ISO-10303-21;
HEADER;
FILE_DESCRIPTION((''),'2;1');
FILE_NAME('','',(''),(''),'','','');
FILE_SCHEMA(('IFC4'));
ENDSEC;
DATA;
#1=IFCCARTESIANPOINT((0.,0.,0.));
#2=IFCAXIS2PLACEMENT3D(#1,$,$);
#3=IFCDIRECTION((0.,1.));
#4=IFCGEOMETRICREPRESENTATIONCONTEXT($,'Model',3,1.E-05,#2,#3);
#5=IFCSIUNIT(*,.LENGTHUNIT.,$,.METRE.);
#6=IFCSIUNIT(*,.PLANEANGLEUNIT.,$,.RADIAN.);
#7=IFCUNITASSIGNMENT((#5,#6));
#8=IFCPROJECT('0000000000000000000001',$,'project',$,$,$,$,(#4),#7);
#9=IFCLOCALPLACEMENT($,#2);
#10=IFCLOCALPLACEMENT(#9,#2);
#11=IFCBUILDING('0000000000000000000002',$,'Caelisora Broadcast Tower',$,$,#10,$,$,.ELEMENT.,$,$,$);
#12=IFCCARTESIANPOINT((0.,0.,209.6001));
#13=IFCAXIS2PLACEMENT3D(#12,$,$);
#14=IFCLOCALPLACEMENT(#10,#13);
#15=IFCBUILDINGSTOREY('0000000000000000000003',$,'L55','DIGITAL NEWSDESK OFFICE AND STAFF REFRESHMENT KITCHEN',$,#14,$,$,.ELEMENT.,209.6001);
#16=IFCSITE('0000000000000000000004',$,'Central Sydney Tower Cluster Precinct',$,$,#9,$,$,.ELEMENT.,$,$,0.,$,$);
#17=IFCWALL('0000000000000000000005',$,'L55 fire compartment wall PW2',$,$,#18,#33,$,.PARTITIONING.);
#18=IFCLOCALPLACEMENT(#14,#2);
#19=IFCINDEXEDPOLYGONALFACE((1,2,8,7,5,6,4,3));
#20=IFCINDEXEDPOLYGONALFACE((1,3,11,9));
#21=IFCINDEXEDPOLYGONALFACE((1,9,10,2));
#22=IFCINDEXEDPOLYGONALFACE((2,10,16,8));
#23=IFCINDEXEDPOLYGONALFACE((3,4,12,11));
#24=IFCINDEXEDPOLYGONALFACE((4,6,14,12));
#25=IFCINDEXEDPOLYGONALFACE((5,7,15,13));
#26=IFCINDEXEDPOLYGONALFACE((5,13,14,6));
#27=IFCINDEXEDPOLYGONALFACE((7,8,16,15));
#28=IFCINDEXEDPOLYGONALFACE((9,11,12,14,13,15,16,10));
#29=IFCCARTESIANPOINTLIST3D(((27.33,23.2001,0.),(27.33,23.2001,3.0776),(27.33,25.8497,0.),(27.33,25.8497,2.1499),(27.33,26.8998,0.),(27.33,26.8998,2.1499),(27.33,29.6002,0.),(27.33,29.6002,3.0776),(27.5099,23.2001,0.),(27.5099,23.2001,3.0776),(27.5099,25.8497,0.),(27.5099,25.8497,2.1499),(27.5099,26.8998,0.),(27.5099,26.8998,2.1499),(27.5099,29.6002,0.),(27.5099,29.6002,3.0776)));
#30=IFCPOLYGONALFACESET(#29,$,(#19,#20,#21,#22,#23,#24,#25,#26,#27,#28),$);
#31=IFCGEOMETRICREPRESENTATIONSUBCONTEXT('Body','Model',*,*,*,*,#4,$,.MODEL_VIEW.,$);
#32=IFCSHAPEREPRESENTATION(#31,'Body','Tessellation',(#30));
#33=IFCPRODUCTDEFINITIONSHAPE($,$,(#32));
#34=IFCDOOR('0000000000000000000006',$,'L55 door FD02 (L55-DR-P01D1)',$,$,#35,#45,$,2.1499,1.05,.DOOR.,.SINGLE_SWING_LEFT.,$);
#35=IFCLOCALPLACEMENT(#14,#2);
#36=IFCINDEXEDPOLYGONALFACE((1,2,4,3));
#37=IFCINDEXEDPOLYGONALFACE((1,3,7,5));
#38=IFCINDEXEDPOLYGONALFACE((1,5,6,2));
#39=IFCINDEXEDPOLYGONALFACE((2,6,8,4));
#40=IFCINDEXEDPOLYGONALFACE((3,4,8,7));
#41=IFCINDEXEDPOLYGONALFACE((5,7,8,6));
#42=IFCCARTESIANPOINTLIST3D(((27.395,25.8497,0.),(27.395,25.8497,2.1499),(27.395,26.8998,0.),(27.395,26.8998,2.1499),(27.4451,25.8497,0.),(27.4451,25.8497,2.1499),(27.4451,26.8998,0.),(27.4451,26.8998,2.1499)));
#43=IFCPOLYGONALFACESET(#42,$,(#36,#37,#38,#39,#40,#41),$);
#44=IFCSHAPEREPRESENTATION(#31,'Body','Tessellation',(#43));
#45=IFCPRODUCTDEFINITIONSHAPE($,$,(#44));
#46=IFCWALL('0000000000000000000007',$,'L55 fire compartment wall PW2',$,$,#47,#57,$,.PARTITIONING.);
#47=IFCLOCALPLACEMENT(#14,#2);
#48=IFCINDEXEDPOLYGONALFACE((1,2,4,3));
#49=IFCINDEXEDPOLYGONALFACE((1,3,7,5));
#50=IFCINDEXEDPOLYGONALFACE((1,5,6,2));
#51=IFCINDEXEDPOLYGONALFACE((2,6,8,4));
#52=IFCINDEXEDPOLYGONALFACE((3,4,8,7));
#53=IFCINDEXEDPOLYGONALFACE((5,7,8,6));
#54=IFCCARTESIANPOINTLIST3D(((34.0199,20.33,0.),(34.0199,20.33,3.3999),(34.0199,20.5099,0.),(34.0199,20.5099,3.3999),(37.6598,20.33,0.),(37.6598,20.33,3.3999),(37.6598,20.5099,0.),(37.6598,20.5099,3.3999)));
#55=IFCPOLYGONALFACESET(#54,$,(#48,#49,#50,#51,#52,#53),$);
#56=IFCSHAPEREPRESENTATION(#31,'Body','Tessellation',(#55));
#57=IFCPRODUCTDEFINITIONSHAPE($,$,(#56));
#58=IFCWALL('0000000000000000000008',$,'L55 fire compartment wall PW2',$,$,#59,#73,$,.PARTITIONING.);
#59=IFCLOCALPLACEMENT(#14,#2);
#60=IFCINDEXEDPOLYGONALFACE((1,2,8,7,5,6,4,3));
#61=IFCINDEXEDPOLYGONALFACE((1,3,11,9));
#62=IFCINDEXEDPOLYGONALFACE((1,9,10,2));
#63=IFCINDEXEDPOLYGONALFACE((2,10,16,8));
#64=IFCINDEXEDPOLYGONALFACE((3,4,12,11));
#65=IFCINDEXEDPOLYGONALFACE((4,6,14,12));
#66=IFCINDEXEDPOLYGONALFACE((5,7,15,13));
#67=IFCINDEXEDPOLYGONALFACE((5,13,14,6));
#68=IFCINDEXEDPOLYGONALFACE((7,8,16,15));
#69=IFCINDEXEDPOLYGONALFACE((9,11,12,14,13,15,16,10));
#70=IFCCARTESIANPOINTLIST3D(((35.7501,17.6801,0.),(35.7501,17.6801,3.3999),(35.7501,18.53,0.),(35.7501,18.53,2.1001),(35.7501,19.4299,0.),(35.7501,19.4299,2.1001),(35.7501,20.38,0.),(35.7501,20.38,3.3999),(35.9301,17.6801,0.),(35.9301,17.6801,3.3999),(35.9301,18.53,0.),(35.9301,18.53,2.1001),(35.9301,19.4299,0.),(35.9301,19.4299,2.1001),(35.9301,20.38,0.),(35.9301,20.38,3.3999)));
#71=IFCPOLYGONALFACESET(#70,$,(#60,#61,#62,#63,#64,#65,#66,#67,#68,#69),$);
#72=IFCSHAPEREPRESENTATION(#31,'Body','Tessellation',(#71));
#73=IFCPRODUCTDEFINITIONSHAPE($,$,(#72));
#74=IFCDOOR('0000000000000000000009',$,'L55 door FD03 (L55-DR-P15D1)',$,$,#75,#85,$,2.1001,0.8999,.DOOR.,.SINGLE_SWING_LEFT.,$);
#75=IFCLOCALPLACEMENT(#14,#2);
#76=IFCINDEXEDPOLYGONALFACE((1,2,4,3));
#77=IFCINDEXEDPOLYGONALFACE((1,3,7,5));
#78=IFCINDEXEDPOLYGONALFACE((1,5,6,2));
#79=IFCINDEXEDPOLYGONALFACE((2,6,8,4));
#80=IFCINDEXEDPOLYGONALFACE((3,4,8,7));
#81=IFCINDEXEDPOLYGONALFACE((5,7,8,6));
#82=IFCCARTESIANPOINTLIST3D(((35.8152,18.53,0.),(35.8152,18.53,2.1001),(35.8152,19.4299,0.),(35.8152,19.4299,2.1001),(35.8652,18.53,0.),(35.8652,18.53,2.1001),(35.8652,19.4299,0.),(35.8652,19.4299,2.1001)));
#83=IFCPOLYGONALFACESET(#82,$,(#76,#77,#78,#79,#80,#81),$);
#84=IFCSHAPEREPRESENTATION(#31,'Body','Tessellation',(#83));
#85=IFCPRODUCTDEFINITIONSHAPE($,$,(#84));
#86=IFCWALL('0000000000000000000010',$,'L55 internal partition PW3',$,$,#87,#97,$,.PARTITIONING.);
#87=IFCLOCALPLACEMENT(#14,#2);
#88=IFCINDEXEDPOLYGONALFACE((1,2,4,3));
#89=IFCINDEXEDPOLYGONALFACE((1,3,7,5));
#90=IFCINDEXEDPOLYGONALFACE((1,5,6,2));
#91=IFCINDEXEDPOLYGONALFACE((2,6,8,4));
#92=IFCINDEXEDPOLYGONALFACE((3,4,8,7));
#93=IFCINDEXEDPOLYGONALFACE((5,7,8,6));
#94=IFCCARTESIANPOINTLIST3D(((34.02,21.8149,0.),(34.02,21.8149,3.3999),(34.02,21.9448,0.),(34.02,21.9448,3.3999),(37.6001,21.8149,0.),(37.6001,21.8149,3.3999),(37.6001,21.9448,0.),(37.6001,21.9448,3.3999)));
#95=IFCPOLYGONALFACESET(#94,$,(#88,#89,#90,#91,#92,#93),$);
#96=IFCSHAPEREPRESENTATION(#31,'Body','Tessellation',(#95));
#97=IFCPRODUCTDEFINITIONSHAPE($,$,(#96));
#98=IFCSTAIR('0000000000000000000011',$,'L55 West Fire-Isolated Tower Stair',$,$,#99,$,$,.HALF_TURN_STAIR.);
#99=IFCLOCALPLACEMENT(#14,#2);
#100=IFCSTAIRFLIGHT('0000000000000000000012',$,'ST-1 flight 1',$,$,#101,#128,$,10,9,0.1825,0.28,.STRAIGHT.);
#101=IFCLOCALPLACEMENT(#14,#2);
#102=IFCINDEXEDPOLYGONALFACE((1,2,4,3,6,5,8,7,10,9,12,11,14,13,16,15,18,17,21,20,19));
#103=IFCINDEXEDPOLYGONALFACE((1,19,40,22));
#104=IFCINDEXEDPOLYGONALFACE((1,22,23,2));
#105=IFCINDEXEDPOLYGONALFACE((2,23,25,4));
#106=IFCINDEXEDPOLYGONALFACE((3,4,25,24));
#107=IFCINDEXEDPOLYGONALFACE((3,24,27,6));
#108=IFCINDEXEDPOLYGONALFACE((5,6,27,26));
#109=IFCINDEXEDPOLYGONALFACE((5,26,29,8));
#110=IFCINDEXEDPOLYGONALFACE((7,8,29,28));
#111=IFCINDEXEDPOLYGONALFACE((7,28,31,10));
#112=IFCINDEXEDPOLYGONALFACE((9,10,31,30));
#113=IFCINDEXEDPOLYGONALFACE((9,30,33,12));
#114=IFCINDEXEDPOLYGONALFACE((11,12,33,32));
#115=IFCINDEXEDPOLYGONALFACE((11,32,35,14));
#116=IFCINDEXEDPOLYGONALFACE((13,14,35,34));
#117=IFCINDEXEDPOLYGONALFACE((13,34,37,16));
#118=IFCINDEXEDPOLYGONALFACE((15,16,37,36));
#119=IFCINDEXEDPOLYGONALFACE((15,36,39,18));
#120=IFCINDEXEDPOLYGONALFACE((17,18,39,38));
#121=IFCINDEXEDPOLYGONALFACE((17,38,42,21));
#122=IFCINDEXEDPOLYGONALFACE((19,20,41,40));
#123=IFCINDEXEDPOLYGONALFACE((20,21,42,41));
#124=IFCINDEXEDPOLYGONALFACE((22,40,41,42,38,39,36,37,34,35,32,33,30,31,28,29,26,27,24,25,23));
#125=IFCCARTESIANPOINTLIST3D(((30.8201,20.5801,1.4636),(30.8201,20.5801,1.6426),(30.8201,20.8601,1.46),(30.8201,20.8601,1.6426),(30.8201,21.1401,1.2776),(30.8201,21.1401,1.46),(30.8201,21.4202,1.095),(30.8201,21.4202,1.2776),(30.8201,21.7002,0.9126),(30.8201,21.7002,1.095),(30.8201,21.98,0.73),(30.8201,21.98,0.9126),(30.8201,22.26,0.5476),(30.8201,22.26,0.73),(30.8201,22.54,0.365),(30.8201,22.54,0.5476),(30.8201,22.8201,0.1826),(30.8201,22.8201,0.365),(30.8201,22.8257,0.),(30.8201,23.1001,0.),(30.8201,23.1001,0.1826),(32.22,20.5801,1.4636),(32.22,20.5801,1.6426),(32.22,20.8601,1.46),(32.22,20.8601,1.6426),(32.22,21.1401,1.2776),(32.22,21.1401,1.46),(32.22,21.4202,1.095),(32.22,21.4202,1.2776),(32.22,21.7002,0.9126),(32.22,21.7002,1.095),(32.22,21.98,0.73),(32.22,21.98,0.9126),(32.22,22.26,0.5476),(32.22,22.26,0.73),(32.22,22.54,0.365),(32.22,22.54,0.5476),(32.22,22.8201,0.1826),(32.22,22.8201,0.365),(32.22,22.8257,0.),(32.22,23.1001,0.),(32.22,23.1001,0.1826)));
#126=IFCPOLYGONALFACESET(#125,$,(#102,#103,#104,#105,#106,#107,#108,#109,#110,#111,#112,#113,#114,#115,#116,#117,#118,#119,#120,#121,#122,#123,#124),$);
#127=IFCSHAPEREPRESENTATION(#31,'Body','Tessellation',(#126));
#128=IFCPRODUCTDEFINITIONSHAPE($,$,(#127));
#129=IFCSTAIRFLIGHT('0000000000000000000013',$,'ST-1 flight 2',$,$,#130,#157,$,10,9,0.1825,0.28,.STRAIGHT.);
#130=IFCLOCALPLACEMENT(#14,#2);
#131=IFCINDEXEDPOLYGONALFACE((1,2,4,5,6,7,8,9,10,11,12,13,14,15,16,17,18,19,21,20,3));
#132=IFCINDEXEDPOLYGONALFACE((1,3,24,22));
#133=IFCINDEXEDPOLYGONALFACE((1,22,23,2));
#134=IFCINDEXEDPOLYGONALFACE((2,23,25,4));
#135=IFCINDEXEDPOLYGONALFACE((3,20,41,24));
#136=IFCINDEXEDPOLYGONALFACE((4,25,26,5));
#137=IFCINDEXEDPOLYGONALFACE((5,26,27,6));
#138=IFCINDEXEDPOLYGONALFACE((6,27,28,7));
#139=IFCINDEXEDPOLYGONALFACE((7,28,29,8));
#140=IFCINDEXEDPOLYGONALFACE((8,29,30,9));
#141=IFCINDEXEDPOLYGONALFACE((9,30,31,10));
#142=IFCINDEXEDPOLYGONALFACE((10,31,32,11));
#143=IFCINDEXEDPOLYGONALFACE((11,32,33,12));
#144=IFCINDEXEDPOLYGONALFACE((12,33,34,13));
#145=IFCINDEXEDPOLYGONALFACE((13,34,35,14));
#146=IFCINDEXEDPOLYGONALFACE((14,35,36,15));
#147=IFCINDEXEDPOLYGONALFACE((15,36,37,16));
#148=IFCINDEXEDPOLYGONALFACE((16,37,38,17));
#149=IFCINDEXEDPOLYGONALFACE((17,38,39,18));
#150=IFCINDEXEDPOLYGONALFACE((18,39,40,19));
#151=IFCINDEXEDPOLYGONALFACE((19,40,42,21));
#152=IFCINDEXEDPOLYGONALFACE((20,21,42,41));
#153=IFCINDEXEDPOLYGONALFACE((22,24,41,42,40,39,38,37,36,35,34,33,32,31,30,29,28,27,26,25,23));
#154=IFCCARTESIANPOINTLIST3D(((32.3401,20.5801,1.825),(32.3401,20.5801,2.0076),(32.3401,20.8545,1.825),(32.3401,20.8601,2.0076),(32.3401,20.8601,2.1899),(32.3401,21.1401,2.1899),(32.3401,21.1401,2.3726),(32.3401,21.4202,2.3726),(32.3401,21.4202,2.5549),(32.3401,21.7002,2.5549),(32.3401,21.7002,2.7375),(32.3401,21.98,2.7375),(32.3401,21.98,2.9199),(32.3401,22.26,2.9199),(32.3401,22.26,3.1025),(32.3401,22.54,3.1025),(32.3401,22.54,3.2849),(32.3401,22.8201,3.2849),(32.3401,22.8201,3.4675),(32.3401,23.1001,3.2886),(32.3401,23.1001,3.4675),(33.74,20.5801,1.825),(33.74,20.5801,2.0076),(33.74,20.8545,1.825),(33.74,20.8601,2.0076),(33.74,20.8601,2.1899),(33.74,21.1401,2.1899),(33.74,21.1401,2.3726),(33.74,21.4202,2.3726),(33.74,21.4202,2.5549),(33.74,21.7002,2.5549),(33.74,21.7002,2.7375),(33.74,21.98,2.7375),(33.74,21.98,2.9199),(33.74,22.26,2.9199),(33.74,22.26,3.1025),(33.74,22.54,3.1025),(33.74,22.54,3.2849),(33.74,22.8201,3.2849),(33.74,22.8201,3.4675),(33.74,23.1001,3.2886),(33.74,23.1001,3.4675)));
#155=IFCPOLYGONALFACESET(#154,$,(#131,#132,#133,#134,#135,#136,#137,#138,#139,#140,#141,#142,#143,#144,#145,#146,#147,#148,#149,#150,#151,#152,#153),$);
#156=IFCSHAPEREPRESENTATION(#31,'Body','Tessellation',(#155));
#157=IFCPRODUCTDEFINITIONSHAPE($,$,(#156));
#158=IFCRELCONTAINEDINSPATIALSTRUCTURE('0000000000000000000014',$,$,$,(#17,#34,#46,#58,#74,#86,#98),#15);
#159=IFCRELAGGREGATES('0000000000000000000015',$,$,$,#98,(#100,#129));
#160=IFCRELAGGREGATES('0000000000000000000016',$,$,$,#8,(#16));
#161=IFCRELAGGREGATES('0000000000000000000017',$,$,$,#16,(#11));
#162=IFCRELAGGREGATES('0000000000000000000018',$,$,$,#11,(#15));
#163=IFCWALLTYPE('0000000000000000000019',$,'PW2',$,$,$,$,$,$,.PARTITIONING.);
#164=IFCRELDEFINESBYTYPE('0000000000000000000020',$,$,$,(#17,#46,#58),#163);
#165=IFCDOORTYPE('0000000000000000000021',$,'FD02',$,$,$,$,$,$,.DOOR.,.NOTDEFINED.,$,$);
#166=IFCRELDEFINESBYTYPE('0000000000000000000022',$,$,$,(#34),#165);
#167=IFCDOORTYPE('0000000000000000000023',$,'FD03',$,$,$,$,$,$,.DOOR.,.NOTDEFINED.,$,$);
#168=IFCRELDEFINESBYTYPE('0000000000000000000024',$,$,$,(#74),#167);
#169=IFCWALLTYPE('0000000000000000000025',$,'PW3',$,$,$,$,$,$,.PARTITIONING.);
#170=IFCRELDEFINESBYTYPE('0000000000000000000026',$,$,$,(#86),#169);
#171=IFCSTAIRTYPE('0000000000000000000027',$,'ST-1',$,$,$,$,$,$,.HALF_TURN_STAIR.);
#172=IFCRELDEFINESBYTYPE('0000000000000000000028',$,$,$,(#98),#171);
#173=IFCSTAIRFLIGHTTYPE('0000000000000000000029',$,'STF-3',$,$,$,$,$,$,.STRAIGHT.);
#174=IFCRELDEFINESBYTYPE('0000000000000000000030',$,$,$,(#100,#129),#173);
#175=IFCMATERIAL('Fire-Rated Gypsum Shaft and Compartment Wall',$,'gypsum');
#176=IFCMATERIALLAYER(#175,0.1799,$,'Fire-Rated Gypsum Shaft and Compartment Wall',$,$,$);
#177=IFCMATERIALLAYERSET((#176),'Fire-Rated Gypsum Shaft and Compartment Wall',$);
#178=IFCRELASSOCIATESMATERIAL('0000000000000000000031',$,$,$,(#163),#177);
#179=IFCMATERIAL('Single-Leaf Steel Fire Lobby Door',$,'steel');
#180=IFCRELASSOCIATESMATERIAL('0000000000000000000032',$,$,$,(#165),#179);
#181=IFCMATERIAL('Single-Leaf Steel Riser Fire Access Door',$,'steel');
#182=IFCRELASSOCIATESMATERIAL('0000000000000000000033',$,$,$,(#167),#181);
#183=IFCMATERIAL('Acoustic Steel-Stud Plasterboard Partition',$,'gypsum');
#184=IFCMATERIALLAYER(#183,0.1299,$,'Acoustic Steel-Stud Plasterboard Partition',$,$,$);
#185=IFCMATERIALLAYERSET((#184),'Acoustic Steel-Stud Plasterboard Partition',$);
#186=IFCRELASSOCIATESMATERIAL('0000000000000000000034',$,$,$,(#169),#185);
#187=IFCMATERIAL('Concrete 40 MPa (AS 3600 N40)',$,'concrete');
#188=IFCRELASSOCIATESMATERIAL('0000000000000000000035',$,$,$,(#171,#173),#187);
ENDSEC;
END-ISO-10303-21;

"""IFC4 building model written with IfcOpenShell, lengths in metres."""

from ifc_helpers import new_model, si_unit, direction, frame, frame_2d, origin, place, context, subcontext, project, spatial, polyline, rectangle, outline, extrude, material, layer, layer_set, type_object, element, fill, aggregate, save


model = new_model("IFC4")

# Units and contexts
model_context = context("Model", 3, precision=1e-05, world=origin(), true_north=direction((0.0, 1.0)))
body_context = subcontext(model_context, "Body", "Model", "MODEL_VIEW")
ifc_project = project(units=[si_unit("LENGTHUNIT", "METRE"), si_unit("PLANEANGLEUNIT", "RADIAN")], contexts=[model_context])

# Site, building, storey
site_placement = place(None, origin())
site = spatial("IfcSite", under=ifc_project, at=site_placement, Name="Central Sydney Tower Cluster Precinct", CompositionType="ELEMENT", RefElevation=0.0)
building_placement = place(site_placement, origin())
building = spatial("IfcBuilding", under=site, at=building_placement, Name="Caelisora Broadcast Tower", CompositionType="ELEMENT")
storey_placement = place(building_placement, frame((0.0, 0.0, 209.6001)))
storey = spatial("IfcBuildingStorey", under=building, at=storey_placement, Name="L55", Description="DIGITAL NEWSDESK OFFICE AND STAFF REFRESHMENT KITCHEN", CompositionType="ELEMENT", Elevation=209.6001)

# Wall, opening, door
ifc_material_1 = material(Name="Fire-Rated Gypsum Shaft and Compartment Wall", Category="gypsum")
ifc_layer_1 = layer(ifc_material_1, 0.1799, Name="Fire-Rated Gypsum Shaft and Compartment Wall")
ifc_layer_set_1 = layer_set([ifc_layer_1], Name="Fire-Rated Gypsum Shaft and Compartment Wall")
wall_type_1 = type_object("IfcWallType", Name="PW2", PredefinedType="PARTITIONING", material=ifc_layer_set_1)
wall_1_placement = place(storey_placement, frame((27.4199, 23.2, 0.0), z_axis=(0.0, 0.0, 1.0), x_axis=(0.0, 1.0, 0.0)))
wall_1 = element("IfcWall", 1, at=wall_1_placement, inside=storey, type_object=wall_type_1, Name="L55 fire compartment wall PW2", PredefinedType="PARTITIONING", context=body_context, shape_type="SweptSolid", body=[
    extrude(rectangle(XDim=6.4001, YDim=0.1799, at=frame_2d((3.2002, 0.0))), origin(), (0.0, 0.0, 1.0), 3.0776),
])
opening_1_placement = place(wall_1_placement, frame((2.6499, 0.0, 0.0)))
opening_1 = element("IfcOpeningElement", 2, at=opening_1_placement, cuts=wall_1, PredefinedType="OPENING", context=body_context, shape_type="SweptSolid", body=[
    extrude(rectangle(XDim=1.05, YDim=2.1499, at=frame_2d((0.5249, 1.075))), frame((0.0, 0.1021, 0.0), z_axis=(0.0, -1.0, 0.0), x_axis=(1.0, 0.0, 0.0)), (0.0, 0.0, 1.0), 0.2039),
])
ifc_material_2 = material(Name="Single-Leaf Steel Fire Lobby Door", Category="steel")
door_type_1 = type_object("IfcDoorType", Name="FD02", OperationType="NOTDEFINED", PredefinedType="DOOR", material=ifc_material_2)
door_1_placement = place(opening_1_placement, origin())
door_1 = element("IfcDoor", 3, at=door_1_placement, inside=storey, type_object=door_type_1, Name="L55 door FD02 (L55-DR-P01D1)", OperationType="SINGLE_SWING_LEFT", OverallHeight=2.1499, OverallWidth=1.05, PredefinedType="DOOR", context=body_context, shape_type="SweptSolid", body=[
    extrude(rectangle(XDim=1.05, YDim=2.1499, at=frame_2d((0.5249, 1.075))), frame((0.0, 0.0249, 0.0), z_axis=(0.0, -1.0, 0.0), x_axis=(1.0, 0.0, 0.0)), (0.0, 0.0, 1.0), 0.05),
])
fill(opening_1, door_1)

# Wall
wall_2_placement = place(storey_placement, frame((34.02, 20.4199, 0.0), z_axis=(0.0, 0.0, 1.0), x_axis=(1.0, 0.0, 0.0)))
element("IfcWall", 4, at=wall_2_placement, inside=storey, type_object=wall_type_1, Name="L55 fire compartment wall PW2", PredefinedType="PARTITIONING", context=body_context, shape_type="SweptSolid", body=[
    extrude(rectangle(XDim=3.6399, YDim=0.1799, at=frame_2d((1.8198, 0.0))), origin(), (0.0, 0.0, 1.0), 3.3999),
])

# Wall, opening, door
wall_3_placement = place(storey_placement, frame((35.8401, 17.6799, 0.0), z_axis=(0.0, 0.0, 1.0), x_axis=(0.0, 1.0, 0.0)))
wall_3 = element("IfcWall", 5, at=wall_3_placement, inside=storey, type_object=wall_type_1, Name="L55 fire compartment wall PW2", PredefinedType="PARTITIONING", context=body_context, shape_type="SweptSolid", body=[
    extrude(rectangle(XDim=2.7, YDim=0.1799, at=frame_2d((1.3501, 0.0))), origin(), (0.0, 0.0, 1.0), 3.3999),
])
opening_2_placement = place(wall_3_placement, frame((0.8501, 0.0, 0.0)))
opening_2 = element("IfcOpeningElement", 6, at=opening_2_placement, cuts=wall_3, PredefinedType="OPENING", context=body_context, shape_type="SweptSolid", body=[
    extrude(rectangle(XDim=0.8999, YDim=2.1001, at=frame_2d((0.45, 1.05))), frame((0.0, 0.1021, 0.0), z_axis=(0.0, -1.0, 0.0), x_axis=(1.0, 0.0, 0.0)), (0.0, 0.0, 1.0), 0.2039),
])
ifc_material_3 = material(Name="Single-Leaf Steel Riser Fire Access Door", Category="steel")
door_type_2 = type_object("IfcDoorType", Name="FD03", OperationType="NOTDEFINED", PredefinedType="DOOR", material=ifc_material_3)
door_2_placement = place(opening_2_placement, origin())
door_2 = element("IfcDoor", 7, at=door_2_placement, inside=storey, type_object=door_type_2, Name="L55 door FD03 (L55-DR-P15D1)", OperationType="SINGLE_SWING_LEFT", OverallHeight=2.1001, OverallWidth=0.8999, PredefinedType="DOOR", context=body_context, shape_type="SweptSolid", body=[
    extrude(rectangle(XDim=0.8999, YDim=2.1001, at=frame_2d((0.45, 1.05))), frame((0.0, 0.0249, 0.0), z_axis=(0.0, -1.0, 0.0), x_axis=(1.0, 0.0, 0.0)), (0.0, 0.0, 1.0), 0.05),
])
fill(opening_2, door_2)

# Wall
ifc_material_4 = material(Name="Acoustic Steel-Stud Plasterboard Partition", Category="gypsum")
ifc_layer_2 = layer(ifc_material_4, 0.1299, Name="Acoustic Steel-Stud Plasterboard Partition")
ifc_layer_set_2 = layer_set([ifc_layer_2], Name="Acoustic Steel-Stud Plasterboard Partition")
wall_type_2 = type_object("IfcWallType", Name="PW3", PredefinedType="PARTITIONING", material=ifc_layer_set_2)
wall_4_placement = place(storey_placement, frame((34.02, 21.8799, 0.0), z_axis=(0.0, 0.0, 1.0), x_axis=(1.0, 0.0, 0.0)))
element("IfcWall", 8, at=wall_4_placement, inside=storey, type_object=wall_type_2, Name="L55 internal partition PW3", PredefinedType="PARTITIONING", context=body_context, shape_type="SweptSolid", body=[
    extrude(rectangle(XDim=3.5801, YDim=0.1299, at=frame_2d((1.79, 0.0))), origin(), (0.0, 0.0, 1.0), 3.3999),
])

# Stair, stair flights
ifc_material_5 = material(Name="Concrete 40 MPa (AS 3600 N40)", Category="concrete")
stair_type = type_object("IfcStairType", Name="ST-1", PredefinedType="HALF_TURN_STAIR", material=ifc_material_5)
stair_placement = place(storey_placement, origin())
stair = element("IfcStair", 9, at=stair_placement, inside=storey, type_object=stair_type, Name="L55 West Fire-Isolated Tower Stair", PredefinedType="HALF_TURN_STAIR")
stair_flight_type = type_object("IfcStairFlightType", Name="STF-3", PredefinedType="STRAIGHT", material=ifc_material_5)
stair_flight_1_placement = place(storey_placement, frame((31.52, 23.1001, 0.0), z_axis=(0.0, 0.0, 1.0), x_axis=(0.0, -1.0, 0.0)))
stair_flight_1 = element("IfcStairFlight", 10, at=stair_flight_1_placement, type_object=stair_flight_type, Name="ST-1 flight 1", NumberOfRisers=10, NumberOfTreads=9, PredefinedType="STRAIGHT", RiserHeight=0.1825, TreadLength=0.28, context=body_context, shape_type="SweptSolid", body=[
    extrude(outline(polyline([(0.0, 0.0), (0.0, 0.1826), (0.28, 0.1826), (0.28, 0.365), (0.5601, 0.365), (0.5601, 0.5476), (0.8401, 0.5476), (0.8401, 0.73), (1.1201, 0.73), (1.1201, 0.9126), (1.3999, 0.9126), (1.3999, 1.095), (1.6799, 1.095), (1.6799, 1.2776), (1.96, 1.2776), (1.96, 1.46), (2.24, 1.46), (2.24, 1.6426), (2.52, 1.6426), (2.52, 1.825), (2.52, 1.4636), (0.2744, 0.0), (0.0, 0.0)])), frame((0.0, 0.7, 0.0), z_axis=(0.0, -1.0, 0.0), x_axis=(1.0, 0.0, 0.0)), (0.0, 0.0, 1.0), 1.3999),
])
stair_flight_2_placement = place(storey_placement, frame((33.04, 20.5801, 1.825), z_axis=(0.0, 0.0, 1.0), x_axis=(0.0, 1.0, 0.0)))
stair_flight_2 = element("IfcStairFlight", 11, at=stair_flight_2_placement, type_object=stair_flight_type, Name="ST-1 flight 2", NumberOfRisers=10, NumberOfTreads=9, PredefinedType="STRAIGHT", RiserHeight=0.1825, TreadLength=0.28, context=body_context, shape_type="SweptSolid", body=[
    extrude(outline(polyline([(0.0, 0.0), (0.0, 0.1826), (0.28, 0.1826), (0.28, 0.365), (0.5601, 0.365), (0.5601, 0.5476), (0.8401, 0.5476), (0.8401, 0.73), (1.1201, 0.73), (1.1201, 0.9126), (1.3999, 0.9126), (1.3999, 1.095), (1.6799, 1.095), (1.6799, 1.2776), (1.96, 1.2776), (1.96, 1.46), (2.24, 1.46), (2.24, 1.6426), (2.52, 1.6426), (2.52, 1.825), (2.52, 1.4636), (0.2744, 0.0), (0.0, 0.0)])), frame((0.0, 0.7, 0.0), z_axis=(0.0, -1.0, 0.0), x_axis=(1.0, 0.0, 0.0)), (0.0, 0.0, 1.0), 1.3999),
])
aggregate(stair, [stair_flight_1, stair_flight_2])

save(model, "model.ifc")
